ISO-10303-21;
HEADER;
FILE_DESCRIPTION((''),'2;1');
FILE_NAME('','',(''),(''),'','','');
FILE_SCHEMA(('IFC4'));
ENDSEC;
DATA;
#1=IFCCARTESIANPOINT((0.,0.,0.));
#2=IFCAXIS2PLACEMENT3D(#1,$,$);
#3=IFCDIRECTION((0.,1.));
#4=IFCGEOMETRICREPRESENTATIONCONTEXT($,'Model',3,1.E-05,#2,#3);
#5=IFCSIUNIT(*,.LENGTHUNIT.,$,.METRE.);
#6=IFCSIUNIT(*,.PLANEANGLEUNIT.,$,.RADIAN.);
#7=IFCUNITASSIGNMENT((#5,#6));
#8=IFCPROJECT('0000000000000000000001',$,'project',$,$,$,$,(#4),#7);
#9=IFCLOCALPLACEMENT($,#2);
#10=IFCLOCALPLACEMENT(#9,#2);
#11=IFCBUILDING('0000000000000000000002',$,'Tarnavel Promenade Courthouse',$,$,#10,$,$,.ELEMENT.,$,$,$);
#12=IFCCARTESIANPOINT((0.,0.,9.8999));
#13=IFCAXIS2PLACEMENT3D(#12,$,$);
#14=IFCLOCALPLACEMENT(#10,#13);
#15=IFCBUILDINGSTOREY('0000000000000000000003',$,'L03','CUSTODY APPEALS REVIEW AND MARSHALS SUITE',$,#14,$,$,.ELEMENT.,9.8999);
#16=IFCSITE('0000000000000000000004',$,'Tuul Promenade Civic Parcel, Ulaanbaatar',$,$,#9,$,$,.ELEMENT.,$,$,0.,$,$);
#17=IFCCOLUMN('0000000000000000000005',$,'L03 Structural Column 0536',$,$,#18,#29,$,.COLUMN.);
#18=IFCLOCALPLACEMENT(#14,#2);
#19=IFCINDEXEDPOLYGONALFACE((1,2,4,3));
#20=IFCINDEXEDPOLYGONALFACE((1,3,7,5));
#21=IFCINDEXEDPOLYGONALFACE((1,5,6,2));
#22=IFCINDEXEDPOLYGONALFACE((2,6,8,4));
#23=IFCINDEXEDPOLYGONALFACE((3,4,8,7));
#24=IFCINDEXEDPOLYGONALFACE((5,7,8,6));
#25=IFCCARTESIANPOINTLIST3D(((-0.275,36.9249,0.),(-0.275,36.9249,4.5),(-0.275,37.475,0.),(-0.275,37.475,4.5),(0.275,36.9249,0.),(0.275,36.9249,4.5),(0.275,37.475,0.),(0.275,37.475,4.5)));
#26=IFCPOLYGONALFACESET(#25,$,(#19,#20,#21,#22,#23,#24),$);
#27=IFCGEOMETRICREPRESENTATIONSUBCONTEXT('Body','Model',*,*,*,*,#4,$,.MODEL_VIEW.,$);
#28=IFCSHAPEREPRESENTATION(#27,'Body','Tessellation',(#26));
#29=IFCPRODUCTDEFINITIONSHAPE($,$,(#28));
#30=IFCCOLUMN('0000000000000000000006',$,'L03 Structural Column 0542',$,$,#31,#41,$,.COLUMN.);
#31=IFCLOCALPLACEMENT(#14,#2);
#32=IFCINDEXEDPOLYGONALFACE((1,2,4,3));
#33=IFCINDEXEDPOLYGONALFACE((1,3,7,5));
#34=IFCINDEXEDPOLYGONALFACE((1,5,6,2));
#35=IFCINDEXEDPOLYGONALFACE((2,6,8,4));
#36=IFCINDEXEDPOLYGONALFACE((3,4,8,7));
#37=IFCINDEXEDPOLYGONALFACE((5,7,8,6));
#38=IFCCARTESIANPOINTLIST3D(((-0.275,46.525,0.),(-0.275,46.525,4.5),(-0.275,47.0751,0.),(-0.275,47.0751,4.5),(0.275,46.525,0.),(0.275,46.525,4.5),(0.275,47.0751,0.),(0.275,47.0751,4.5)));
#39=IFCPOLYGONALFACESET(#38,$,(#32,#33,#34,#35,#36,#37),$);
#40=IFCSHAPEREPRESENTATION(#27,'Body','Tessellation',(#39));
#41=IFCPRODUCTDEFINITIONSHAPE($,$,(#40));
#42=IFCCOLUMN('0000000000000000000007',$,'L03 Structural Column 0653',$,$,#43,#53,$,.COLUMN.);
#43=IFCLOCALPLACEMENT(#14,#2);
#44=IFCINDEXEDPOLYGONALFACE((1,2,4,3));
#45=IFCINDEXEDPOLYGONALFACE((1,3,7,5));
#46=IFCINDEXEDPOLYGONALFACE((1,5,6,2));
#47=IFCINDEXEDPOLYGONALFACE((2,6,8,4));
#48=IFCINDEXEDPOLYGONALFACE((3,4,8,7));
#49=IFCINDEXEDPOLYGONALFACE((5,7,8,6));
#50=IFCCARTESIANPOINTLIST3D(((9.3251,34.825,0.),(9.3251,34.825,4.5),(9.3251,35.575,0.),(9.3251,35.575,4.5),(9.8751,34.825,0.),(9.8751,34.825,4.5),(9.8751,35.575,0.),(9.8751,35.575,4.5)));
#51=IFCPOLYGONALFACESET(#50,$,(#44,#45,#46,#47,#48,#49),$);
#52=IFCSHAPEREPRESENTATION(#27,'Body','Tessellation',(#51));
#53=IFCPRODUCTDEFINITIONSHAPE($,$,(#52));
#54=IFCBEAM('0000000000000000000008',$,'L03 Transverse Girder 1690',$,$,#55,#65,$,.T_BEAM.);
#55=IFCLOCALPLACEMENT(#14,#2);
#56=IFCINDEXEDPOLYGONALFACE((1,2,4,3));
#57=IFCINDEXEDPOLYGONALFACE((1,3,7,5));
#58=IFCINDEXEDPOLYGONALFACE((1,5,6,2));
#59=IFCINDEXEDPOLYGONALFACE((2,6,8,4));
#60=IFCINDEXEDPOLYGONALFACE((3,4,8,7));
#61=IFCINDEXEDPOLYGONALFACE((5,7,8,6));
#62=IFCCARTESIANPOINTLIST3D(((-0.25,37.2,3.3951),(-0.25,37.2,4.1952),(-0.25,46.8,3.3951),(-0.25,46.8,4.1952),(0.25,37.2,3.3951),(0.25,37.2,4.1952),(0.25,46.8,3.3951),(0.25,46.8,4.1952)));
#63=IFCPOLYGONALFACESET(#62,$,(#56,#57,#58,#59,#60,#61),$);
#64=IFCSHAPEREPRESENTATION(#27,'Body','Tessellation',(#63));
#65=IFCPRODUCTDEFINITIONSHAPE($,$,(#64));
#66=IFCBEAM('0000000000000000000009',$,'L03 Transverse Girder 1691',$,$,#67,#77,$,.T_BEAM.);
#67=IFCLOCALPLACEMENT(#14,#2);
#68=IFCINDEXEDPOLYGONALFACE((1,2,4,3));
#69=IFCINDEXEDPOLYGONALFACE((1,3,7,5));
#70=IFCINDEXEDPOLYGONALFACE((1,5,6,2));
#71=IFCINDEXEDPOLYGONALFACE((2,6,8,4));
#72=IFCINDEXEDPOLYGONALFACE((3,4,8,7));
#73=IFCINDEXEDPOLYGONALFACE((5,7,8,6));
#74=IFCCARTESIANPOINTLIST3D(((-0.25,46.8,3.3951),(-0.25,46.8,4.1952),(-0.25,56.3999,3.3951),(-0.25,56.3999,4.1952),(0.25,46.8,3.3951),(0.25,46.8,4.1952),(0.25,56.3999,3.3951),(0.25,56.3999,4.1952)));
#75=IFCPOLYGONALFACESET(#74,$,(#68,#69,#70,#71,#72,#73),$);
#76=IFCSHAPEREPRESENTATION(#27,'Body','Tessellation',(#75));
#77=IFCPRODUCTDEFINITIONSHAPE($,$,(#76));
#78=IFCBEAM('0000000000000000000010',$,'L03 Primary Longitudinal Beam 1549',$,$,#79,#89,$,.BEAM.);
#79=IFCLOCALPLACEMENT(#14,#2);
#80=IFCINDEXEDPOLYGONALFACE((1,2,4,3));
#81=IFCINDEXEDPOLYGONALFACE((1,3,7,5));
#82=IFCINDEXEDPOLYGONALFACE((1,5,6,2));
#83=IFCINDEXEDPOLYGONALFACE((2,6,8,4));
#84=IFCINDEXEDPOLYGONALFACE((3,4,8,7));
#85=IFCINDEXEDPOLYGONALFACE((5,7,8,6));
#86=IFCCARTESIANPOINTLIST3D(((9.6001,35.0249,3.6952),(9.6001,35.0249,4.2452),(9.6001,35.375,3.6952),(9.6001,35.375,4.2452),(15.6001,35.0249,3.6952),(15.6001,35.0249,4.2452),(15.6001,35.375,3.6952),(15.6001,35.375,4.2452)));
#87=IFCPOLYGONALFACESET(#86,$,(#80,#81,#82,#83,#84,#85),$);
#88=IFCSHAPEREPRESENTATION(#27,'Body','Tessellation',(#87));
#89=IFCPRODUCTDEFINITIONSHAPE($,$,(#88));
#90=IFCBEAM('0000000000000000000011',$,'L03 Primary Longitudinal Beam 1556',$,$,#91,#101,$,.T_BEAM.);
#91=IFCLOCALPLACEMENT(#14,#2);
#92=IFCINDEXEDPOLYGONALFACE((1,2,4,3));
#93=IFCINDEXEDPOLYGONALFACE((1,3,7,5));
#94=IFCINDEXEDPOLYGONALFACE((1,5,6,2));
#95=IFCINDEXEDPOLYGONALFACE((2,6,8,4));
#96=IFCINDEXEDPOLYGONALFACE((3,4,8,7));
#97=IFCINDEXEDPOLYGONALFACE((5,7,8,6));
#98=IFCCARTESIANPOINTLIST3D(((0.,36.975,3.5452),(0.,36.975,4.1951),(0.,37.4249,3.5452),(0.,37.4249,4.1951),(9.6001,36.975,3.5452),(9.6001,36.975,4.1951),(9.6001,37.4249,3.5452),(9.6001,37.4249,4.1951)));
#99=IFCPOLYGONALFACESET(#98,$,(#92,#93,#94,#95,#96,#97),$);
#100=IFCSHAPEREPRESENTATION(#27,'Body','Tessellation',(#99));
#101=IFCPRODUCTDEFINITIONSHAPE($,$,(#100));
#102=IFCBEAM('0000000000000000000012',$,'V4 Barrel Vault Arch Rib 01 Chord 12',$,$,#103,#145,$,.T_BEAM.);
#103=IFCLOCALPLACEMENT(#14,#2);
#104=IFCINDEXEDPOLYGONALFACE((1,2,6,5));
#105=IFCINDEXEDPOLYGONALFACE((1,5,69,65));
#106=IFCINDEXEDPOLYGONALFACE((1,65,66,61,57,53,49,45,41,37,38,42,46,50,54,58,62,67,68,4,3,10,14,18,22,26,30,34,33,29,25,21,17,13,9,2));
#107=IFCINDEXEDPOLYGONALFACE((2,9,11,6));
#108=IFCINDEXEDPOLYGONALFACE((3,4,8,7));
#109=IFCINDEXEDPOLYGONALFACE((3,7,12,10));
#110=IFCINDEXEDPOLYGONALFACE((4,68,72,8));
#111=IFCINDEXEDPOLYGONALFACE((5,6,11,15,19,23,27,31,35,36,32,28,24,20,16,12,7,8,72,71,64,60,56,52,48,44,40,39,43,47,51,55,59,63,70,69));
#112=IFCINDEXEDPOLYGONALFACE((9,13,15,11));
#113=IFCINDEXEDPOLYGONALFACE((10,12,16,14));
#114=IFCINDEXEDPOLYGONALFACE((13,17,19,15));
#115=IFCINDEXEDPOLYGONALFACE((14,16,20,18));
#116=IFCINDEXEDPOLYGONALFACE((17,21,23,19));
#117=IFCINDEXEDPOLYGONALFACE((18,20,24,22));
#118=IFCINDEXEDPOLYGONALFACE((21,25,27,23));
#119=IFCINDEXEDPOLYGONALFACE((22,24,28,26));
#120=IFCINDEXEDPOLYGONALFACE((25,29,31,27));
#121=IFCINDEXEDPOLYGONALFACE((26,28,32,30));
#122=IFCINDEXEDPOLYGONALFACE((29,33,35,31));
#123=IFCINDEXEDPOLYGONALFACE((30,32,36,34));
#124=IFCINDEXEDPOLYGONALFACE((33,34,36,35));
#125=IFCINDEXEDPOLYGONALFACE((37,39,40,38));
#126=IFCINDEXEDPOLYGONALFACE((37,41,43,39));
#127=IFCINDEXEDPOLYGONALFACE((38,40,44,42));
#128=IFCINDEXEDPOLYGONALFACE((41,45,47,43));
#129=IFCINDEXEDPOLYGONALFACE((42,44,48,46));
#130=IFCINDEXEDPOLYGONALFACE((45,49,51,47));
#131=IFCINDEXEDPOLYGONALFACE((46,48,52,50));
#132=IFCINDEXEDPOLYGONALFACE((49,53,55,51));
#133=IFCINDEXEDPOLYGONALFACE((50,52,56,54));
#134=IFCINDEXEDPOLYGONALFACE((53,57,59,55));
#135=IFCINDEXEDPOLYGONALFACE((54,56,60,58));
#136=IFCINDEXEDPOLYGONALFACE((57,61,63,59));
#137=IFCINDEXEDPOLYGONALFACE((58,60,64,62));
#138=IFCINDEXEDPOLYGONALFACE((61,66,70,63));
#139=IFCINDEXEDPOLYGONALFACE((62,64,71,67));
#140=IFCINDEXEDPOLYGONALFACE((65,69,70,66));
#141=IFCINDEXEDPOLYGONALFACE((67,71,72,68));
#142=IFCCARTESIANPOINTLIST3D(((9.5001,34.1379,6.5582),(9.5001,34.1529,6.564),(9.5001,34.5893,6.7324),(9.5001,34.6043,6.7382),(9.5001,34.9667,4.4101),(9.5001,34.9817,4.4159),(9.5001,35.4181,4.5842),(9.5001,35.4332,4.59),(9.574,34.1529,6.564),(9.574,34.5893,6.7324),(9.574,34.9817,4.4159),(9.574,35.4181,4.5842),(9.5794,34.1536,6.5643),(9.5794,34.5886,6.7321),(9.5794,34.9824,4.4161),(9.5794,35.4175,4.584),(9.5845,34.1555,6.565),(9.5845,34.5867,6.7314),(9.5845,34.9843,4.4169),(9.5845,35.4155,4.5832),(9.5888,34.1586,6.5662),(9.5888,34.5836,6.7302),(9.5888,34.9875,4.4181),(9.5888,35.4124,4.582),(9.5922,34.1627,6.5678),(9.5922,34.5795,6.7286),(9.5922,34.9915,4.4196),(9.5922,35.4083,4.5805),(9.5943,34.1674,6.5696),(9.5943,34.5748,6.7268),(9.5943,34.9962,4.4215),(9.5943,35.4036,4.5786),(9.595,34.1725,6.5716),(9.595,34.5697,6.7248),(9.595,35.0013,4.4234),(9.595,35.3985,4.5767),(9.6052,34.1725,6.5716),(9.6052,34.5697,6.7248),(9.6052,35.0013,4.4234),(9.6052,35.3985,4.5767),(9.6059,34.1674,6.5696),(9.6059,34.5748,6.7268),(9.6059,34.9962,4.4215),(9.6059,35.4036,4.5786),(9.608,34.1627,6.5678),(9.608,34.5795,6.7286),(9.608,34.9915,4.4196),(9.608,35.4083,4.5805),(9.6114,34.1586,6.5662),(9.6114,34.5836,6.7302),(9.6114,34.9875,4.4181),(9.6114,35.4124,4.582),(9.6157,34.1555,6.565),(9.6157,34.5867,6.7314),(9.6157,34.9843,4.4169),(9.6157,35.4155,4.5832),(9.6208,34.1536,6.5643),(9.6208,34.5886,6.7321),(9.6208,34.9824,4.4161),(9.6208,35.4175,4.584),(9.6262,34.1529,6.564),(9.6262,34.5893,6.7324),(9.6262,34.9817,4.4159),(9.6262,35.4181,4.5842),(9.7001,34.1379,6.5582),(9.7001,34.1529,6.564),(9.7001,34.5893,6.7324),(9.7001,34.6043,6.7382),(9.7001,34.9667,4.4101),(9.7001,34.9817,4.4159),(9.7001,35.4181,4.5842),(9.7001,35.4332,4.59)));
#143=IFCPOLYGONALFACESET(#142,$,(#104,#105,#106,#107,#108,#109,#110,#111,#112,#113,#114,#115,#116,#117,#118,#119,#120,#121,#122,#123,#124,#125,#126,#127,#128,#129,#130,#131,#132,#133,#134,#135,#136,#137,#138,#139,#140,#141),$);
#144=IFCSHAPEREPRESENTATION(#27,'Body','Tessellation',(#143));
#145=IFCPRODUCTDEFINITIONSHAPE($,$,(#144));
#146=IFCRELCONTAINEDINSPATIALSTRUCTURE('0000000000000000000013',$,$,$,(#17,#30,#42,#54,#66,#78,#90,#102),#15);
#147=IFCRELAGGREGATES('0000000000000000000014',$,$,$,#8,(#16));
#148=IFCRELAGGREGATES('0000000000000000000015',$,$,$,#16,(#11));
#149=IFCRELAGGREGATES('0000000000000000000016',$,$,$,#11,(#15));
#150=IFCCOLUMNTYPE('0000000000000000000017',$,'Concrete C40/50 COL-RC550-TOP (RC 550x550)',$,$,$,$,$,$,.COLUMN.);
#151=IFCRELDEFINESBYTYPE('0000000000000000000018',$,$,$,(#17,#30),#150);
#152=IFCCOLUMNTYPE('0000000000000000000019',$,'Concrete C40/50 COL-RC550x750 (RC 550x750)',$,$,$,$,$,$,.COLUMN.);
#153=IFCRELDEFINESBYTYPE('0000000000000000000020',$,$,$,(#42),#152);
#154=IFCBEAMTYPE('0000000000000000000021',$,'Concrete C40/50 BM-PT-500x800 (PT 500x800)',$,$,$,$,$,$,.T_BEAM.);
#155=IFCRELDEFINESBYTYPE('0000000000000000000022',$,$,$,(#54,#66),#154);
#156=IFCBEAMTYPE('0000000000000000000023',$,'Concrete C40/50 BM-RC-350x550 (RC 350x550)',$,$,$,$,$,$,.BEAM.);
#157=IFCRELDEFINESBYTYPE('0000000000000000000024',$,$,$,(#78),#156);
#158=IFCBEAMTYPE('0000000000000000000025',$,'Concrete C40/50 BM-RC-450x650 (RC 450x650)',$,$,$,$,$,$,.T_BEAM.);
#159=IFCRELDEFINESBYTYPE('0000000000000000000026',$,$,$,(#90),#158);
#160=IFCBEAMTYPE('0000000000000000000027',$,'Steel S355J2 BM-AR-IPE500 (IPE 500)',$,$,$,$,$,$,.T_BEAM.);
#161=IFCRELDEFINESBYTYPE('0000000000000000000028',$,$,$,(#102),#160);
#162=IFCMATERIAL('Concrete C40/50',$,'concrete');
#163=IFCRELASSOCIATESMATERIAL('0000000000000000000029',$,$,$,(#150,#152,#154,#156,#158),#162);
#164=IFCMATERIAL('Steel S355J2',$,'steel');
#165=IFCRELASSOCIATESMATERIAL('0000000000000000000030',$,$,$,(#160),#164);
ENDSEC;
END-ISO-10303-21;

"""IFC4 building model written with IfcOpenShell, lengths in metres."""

from ifc_helpers import new_model, si_unit, direction, frame, origin, origin_2d, place, context, subcontext, project, spatial, rectangle, i_section, extrude, material, material_profile, profile_set, type_object, element, save


model = new_model("IFC4")

# Units and contexts
model_context = context("Model", 3, precision=1e-05, world=origin(), true_north=direction((0.0, 1.0)))
body_context = subcontext(model_context, "Body", "Model", "MODEL_VIEW")
ifc_project = project(units=[si_unit("LENGTHUNIT", "METRE"), si_unit("PLANEANGLEUNIT", "RADIAN")], contexts=[model_context])

# Site, building, storey
site_placement = place(None, origin())
site = spatial("IfcSite", under=ifc_project, at=site_placement, Name="Tuul Promenade Civic Parcel, Ulaanbaatar", CompositionType="ELEMENT", RefElevation=0.0)
building_placement = place(site_placement, origin())
building = spatial("IfcBuilding", under=site, at=building_placement, Name="Tarnavel Promenade Courthouse", CompositionType="ELEMENT")
storey_placement = place(building_placement, frame((0.0, 0.0, 9.8999)))
storey = spatial("IfcBuildingStorey", under=building, at=storey_placement, Name="L03", Description="CUSTODY APPEALS REVIEW AND MARSHALS SUITE", CompositionType="ELEMENT", Elevation=9.8999)

# Columns
ifc_material_1 = material(Name="Concrete C40/50", Category="concrete")
ifc_material_profile_1 = material_profile(ifc_material_1, rectangle(XDim=0.55, YDim=0.55, at=origin_2d()), Name="RC 550x550")
ifc_profile_set_1 = profile_set([ifc_material_profile_1], Name="Concrete C40/50")
column_type_1 = type_object("IfcColumnType", Name="Concrete C40/50 COL-RC550-TOP (RC 550x550)", PredefinedType="COLUMN", material=ifc_profile_set_1)
for number, where, z_axis, x_axis, name in (
    (1, (0.0, 37.2, 0.0), (0.0, 0.0, 1.0), (1.0, 0.0, 0.0), "L03 Structural Column 0536"),
    (2, (0.0, 46.8, 0.0), (0.0, 0.0, 1.0), (1.0, 0.0, 0.0), "L03 Structural Column 0542"),
):
    element("IfcColumn", number, at=place(storey_placement, frame(where, z_axis=z_axis, x_axis=x_axis)), inside=storey, type_object=column_type_1, Name=name, PredefinedType="COLUMN", context=body_context, shape_type="SweptSolid", body=[
        extrude(rectangle(XDim=0.55, YDim=0.55, at=origin_2d()), origin(), (0.0, 0.0, 1.0), 4.5),
    ])
ifc_material_profile_2 = material_profile(ifc_material_1, rectangle(XDim=0.55, YDim=0.75, at=origin_2d()), Name="RC 550x750")
ifc_profile_set_2 = profile_set([ifc_material_profile_2], Name="Concrete C40/50")
column_type_2 = type_object("IfcColumnType", Name="Concrete C40/50 COL-RC550x750 (RC 550x750)", PredefinedType="COLUMN", material=ifc_profile_set_2)
column_placement = place(storey_placement, frame((9.6001, 35.2, 0.0), z_axis=(0.0, 0.0, 1.0), x_axis=(1.0, 0.0, 0.0)))
element("IfcColumn", 3, at=column_placement, inside=storey, type_object=column_type_2, Name="L03 Structural Column 0653", PredefinedType="COLUMN", context=body_context, shape_type="SweptSolid", body=[
    extrude(rectangle(XDim=0.55, YDim=0.75, at=origin_2d()), origin(), (0.0, 0.0, 1.0), 4.5),
])

# Beams
ifc_material_profile_3 = material_profile(ifc_material_1, rectangle(XDim=0.5, YDim=0.8, at=origin_2d()), Name="PT 500x800")
ifc_profile_set_3 = profile_set([ifc_material_profile_3], Name="Concrete C40/50")
beam_type_1 = type_object("IfcBeamType", Name="Concrete C40/50 BM-PT-500x800 (PT 500x800)", PredefinedType="T_BEAM", material=ifc_profile_set_3)
beam_1_placement = place(storey_placement, frame((0.0, 37.2, 3.7952), z_axis=(0.0, 1.0, 0.0), x_axis=(-1.0, 0.0, 0.0)))
element("IfcBeam", 4, at=beam_1_placement, inside=storey, type_object=beam_type_1, Name="L03 Transverse Girder 1690", PredefinedType="T_BEAM", context=body_context, shape_type="SweptSolid", body=[
    extrude(rectangle(XDim=0.5, YDim=0.8, at=origin_2d()), origin(), (0.0, 0.0, 1.0), 9.6001),
])
beam_2_placement = place(storey_placement, frame((0.0, 46.8, 3.7952), z_axis=(0.0, 1.0, 0.0), x_axis=(-1.0, 0.0, 0.0)))
element("IfcBeam", 5, at=beam_2_placement, inside=storey, type_object=beam_type_1, Name="L03 Transverse Girder 1691", PredefinedType="T_BEAM", context=body_context, shape_type="SweptSolid", body=[
    extrude(rectangle(XDim=0.5, YDim=0.8, at=origin_2d()), origin(), (0.0, 0.0, 1.0), 9.5999),
])
ifc_material_profile_4 = material_profile(ifc_material_1, rectangle(XDim=0.3501, YDim=0.55, at=origin_2d()), Name="RC 350x550")
ifc_profile_set_4 = profile_set([ifc_material_profile_4], Name="Concrete C40/50")
beam_type_2 = type_object("IfcBeamType", Name="Concrete C40/50 BM-RC-350x550 (RC 350x550)", PredefinedType="BEAM", material=ifc_profile_set_4)
beam_3_placement = place(storey_placement, frame((9.6001, 35.2, 3.9702), z_axis=(1.0, 0.0, 0.0), x_axis=(0.0, 1.0, 0.0)))
element("IfcBeam", 6, at=beam_3_placement, inside=storey, type_object=beam_type_2, Name="L03 Primary Longitudinal Beam 1549", PredefinedType="BEAM", context=body_context, shape_type="SweptSolid", body=[
    extrude(rectangle(XDim=0.3501, YDim=0.55, at=origin_2d()), origin(), (0.0, 0.0, 1.0), 6.0),
])
ifc_material_profile_5 = material_profile(ifc_material_1, rectangle(XDim=0.45, YDim=0.6499, at=origin_2d()), Name="RC 450x650")
ifc_profile_set_5 = profile_set([ifc_material_profile_5], Name="Concrete C40/50")
beam_type_3 = type_object("IfcBeamType", Name="Concrete C40/50 BM-RC-450x650 (RC 450x650)", PredefinedType="T_BEAM", material=ifc_profile_set_5)
beam_4_placement = place(storey_placement, frame((0.0, 37.2, 3.8701), z_axis=(1.0, 0.0, 0.0), x_axis=(0.0, 1.0, 0.0)))
element("IfcBeam", 7, at=beam_4_placement, inside=storey, type_object=beam_type_3, Name="L03 Primary Longitudinal Beam 1556", PredefinedType="T_BEAM", context=body_context, shape_type="SweptSolid", body=[
    extrude(rectangle(XDim=0.45, YDim=0.6499, at=origin_2d()), origin(), (0.0, 0.0, 1.0), 9.6001),
])
ifc_material_2 = material(Name="Steel S355J2", Category="steel")
ifc_material_profile_6 = material_profile(ifc_material_2, i_section(OverallWidth=0.2, OverallDepth=0.5, WebThickness=0.0103, FlangeThickness=0.0161, FilletRadius=0.021, at=origin_2d()), Name="IPE 500")
ifc_profile_set_6 = profile_set([ifc_material_profile_6], Name="Steel S355J2")
beam_type_4 = type_object("IfcBeamType", Name="Steel S355J2 BM-AR-IPE500 (IPE 500)", PredefinedType="T_BEAM", material=ifc_profile_set_6)
beam_5_placement = place(storey_placement, frame((9.6001, 34.3711, 6.6482), z_axis=(0.0, 0.359974, -0.932962), x_axis=(-1.0, 0.0, 0.0)))
element("IfcBeam", 8, at=beam_5_placement, inside=storey, type_object=beam_type_4, Name="V4 Barrel Vault Arch Rib 01 Chord 12", PredefinedType="T_BEAM", context=body_context, shape_type="SweptSolid", body=[
    extrude(i_section(OverallWidth=0.2, OverallDepth=0.5, WebThickness=0.0103, FlangeThickness=0.0161, FilletRadius=0.021, at=origin_2d()), origin(), (0.0, 0.0, 1.0), 2.3025),
])

save(model, "model.ifc")
